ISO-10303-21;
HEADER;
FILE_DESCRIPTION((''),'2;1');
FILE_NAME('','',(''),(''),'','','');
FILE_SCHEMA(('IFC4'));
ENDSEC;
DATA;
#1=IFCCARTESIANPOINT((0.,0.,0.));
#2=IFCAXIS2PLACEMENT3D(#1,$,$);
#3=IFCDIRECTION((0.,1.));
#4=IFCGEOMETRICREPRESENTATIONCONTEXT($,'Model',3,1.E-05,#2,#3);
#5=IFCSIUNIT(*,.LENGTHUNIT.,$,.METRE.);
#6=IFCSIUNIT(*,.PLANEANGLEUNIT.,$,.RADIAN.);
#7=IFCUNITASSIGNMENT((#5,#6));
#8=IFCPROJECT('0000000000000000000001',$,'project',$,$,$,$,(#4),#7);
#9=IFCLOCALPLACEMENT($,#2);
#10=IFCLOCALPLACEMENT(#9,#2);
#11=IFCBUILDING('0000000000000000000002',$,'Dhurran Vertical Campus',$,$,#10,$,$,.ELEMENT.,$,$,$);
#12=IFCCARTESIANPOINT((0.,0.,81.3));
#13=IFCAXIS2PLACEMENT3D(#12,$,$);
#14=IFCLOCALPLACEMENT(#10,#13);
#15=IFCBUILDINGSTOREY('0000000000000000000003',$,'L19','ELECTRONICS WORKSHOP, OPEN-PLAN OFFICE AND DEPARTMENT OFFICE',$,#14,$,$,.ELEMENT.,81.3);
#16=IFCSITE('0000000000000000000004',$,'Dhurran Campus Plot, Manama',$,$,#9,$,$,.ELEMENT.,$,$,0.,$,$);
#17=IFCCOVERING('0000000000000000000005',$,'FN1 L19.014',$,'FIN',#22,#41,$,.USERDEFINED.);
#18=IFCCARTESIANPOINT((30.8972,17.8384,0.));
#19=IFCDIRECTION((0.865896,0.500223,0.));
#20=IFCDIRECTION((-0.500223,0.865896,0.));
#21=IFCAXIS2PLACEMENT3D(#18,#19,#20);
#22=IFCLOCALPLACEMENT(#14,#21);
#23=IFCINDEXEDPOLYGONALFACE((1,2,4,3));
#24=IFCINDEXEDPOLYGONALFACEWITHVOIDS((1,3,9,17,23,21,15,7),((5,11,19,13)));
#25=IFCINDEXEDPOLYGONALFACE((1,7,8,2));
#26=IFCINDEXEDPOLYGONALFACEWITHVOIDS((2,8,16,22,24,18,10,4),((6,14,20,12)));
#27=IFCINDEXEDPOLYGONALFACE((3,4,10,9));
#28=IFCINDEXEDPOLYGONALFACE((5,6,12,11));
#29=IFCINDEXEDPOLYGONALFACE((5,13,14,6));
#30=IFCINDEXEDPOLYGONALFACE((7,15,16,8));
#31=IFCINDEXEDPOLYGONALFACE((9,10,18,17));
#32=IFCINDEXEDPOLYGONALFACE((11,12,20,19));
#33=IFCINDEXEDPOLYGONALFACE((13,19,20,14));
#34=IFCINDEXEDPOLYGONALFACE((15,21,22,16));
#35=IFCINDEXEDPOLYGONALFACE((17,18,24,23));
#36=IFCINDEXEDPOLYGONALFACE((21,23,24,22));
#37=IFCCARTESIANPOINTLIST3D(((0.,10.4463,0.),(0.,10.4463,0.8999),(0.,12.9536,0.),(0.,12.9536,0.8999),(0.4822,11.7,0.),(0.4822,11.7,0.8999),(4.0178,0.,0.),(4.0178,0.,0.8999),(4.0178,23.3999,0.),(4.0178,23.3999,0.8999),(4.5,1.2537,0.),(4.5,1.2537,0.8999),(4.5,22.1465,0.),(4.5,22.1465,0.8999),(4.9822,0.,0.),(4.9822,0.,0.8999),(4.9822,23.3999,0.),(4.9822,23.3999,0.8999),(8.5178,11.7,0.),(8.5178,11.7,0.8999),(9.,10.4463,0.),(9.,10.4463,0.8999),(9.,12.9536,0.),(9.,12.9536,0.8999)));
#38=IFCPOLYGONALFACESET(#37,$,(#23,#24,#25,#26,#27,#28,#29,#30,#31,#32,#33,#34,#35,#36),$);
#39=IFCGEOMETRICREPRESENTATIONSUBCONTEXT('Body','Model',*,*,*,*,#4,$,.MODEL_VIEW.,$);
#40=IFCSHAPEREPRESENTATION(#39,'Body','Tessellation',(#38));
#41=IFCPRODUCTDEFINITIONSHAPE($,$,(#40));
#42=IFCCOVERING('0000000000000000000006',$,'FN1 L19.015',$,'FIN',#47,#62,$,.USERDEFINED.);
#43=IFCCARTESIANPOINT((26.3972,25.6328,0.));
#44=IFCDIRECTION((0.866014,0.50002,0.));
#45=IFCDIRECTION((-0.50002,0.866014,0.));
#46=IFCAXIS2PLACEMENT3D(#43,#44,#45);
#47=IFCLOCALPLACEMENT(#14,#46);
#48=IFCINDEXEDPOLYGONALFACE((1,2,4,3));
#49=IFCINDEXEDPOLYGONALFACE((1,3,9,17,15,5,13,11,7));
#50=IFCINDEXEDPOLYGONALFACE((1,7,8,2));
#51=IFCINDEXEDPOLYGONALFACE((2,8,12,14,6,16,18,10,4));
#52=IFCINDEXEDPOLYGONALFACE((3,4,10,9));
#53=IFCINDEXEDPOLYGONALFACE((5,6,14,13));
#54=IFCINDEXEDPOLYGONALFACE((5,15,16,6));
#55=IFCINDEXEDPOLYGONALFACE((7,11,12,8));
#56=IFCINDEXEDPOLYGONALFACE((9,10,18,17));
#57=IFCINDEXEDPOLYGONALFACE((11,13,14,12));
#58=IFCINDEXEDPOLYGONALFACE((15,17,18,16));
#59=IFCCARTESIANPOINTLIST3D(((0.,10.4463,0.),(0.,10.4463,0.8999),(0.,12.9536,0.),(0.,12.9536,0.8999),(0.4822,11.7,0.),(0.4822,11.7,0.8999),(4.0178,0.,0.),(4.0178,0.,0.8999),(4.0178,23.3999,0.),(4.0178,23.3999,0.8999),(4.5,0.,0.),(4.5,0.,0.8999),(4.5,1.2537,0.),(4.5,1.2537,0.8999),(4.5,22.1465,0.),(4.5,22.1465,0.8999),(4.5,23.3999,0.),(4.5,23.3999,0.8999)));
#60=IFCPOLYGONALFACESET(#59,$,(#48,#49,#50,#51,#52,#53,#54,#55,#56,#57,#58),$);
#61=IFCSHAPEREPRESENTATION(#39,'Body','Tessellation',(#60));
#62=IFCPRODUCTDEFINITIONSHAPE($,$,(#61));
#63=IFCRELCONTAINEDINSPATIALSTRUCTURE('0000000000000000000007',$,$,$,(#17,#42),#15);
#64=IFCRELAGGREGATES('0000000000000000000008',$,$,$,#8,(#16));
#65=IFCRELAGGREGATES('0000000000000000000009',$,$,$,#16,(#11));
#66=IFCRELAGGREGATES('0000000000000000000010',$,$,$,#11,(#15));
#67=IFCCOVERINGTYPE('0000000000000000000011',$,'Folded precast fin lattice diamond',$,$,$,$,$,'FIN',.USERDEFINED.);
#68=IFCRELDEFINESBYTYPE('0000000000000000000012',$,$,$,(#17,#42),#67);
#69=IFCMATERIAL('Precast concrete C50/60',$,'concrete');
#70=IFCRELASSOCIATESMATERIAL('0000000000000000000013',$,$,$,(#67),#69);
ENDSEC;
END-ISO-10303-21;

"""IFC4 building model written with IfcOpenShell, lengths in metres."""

from ifc_helpers import new_model, si_unit, direction, frame, origin, place, context, subcontext, project, spatial, polyline, outline, extrude, material, type_object, element, save


model = new_model("IFC4")

# Units and contexts
model_context = context("Model", 3, precision=1e-05, world=origin(), true_north=direction((0.0, 1.0)))
body_context = subcontext(model_context, "Body", "Model", "MODEL_VIEW")
ifc_project = project(units=[si_unit("LENGTHUNIT", "METRE"), si_unit("PLANEANGLEUNIT", "RADIAN")], contexts=[model_context])

# Site, building, storey
site_placement = place(None, origin())
site = spatial("IfcSite", under=ifc_project, at=site_placement, Name="Dhurran Campus Plot, Manama", CompositionType="ELEMENT", RefElevation=0.0)
building_placement = place(site_placement, origin())
building = spatial("IfcBuilding", under=site, at=building_placement, Name="Dhurran Vertical Campus", CompositionType="ELEMENT")
storey_placement = place(building_placement, frame((0.0, 0.0, 81.3)))
storey = spatial("IfcBuildingStorey", under=building, at=storey_placement, Name="L19", Description="ELECTRONICS WORKSHOP, OPEN-PLAN OFFICE AND DEPARTMENT OFFICE", CompositionType="ELEMENT", Elevation=81.3)

# Coverings
ifc_material_1 = material(Name="Precast concrete C50/60", Category="concrete")
covering_type = type_object("IfcCoveringType", Name="Folded precast fin lattice diamond", ElementType="FIN", PredefinedType="USERDEFINED", material=ifc_material_1)
covering_1_placement = place(storey_placement, frame((30.8972, 17.8384, 0.0), z_axis=(0.865896, 0.500223, 0.0), x_axis=(-0.500223, 0.865896, 0.0)))
element("IfcCovering", 1, at=covering_1_placement, inside=storey, type_object=covering_type, Name="FN1 L19.014", ObjectType="FIN", PredefinedType="USERDEFINED", context=body_context, shape_type="SweptSolid", body=[
    extrude(outline(polyline([(9.0, 12.9536), (9.0, 10.4463), (4.9822, 0.0), (4.0178, 0.0), (0.0, 10.4463), (0.0, 12.9536), (4.0178, 23.3999), (4.9822, 23.3999), (9.0, 12.9536)]), holes=[polyline([(8.5178, 11.7), (4.5, 22.1465), (0.4822, 11.7), (4.5, 1.2537), (8.5178, 11.7)])]), origin(), (0.0, 0.0, 1.0), 0.8999),
])
covering_2_placement = place(storey_placement, frame((26.3972, 25.6328, 0.0), z_axis=(0.866014, 0.50002, 0.0), x_axis=(-0.50002, 0.866014, 0.0)))
element("IfcCovering", 2, at=covering_2_placement, inside=storey, type_object=covering_type, Name="FN1 L19.015", ObjectType="FIN", PredefinedType="USERDEFINED", context=body_context, shape_type="SweptSolid", body=[
    extrude(outline(polyline([(4.0178, 0.0), (0.0, 10.4463), (0.0, 12.9536), (4.0178, 23.3999), (4.5, 23.3999), (4.5, 22.1465), (0.4822, 11.7), (4.5, 1.2537), (4.5, 0.0), (4.0178, 0.0)])), origin(), (0.0, 0.0, 1.0), 0.8999),
])

save(model, "model.ifc")
